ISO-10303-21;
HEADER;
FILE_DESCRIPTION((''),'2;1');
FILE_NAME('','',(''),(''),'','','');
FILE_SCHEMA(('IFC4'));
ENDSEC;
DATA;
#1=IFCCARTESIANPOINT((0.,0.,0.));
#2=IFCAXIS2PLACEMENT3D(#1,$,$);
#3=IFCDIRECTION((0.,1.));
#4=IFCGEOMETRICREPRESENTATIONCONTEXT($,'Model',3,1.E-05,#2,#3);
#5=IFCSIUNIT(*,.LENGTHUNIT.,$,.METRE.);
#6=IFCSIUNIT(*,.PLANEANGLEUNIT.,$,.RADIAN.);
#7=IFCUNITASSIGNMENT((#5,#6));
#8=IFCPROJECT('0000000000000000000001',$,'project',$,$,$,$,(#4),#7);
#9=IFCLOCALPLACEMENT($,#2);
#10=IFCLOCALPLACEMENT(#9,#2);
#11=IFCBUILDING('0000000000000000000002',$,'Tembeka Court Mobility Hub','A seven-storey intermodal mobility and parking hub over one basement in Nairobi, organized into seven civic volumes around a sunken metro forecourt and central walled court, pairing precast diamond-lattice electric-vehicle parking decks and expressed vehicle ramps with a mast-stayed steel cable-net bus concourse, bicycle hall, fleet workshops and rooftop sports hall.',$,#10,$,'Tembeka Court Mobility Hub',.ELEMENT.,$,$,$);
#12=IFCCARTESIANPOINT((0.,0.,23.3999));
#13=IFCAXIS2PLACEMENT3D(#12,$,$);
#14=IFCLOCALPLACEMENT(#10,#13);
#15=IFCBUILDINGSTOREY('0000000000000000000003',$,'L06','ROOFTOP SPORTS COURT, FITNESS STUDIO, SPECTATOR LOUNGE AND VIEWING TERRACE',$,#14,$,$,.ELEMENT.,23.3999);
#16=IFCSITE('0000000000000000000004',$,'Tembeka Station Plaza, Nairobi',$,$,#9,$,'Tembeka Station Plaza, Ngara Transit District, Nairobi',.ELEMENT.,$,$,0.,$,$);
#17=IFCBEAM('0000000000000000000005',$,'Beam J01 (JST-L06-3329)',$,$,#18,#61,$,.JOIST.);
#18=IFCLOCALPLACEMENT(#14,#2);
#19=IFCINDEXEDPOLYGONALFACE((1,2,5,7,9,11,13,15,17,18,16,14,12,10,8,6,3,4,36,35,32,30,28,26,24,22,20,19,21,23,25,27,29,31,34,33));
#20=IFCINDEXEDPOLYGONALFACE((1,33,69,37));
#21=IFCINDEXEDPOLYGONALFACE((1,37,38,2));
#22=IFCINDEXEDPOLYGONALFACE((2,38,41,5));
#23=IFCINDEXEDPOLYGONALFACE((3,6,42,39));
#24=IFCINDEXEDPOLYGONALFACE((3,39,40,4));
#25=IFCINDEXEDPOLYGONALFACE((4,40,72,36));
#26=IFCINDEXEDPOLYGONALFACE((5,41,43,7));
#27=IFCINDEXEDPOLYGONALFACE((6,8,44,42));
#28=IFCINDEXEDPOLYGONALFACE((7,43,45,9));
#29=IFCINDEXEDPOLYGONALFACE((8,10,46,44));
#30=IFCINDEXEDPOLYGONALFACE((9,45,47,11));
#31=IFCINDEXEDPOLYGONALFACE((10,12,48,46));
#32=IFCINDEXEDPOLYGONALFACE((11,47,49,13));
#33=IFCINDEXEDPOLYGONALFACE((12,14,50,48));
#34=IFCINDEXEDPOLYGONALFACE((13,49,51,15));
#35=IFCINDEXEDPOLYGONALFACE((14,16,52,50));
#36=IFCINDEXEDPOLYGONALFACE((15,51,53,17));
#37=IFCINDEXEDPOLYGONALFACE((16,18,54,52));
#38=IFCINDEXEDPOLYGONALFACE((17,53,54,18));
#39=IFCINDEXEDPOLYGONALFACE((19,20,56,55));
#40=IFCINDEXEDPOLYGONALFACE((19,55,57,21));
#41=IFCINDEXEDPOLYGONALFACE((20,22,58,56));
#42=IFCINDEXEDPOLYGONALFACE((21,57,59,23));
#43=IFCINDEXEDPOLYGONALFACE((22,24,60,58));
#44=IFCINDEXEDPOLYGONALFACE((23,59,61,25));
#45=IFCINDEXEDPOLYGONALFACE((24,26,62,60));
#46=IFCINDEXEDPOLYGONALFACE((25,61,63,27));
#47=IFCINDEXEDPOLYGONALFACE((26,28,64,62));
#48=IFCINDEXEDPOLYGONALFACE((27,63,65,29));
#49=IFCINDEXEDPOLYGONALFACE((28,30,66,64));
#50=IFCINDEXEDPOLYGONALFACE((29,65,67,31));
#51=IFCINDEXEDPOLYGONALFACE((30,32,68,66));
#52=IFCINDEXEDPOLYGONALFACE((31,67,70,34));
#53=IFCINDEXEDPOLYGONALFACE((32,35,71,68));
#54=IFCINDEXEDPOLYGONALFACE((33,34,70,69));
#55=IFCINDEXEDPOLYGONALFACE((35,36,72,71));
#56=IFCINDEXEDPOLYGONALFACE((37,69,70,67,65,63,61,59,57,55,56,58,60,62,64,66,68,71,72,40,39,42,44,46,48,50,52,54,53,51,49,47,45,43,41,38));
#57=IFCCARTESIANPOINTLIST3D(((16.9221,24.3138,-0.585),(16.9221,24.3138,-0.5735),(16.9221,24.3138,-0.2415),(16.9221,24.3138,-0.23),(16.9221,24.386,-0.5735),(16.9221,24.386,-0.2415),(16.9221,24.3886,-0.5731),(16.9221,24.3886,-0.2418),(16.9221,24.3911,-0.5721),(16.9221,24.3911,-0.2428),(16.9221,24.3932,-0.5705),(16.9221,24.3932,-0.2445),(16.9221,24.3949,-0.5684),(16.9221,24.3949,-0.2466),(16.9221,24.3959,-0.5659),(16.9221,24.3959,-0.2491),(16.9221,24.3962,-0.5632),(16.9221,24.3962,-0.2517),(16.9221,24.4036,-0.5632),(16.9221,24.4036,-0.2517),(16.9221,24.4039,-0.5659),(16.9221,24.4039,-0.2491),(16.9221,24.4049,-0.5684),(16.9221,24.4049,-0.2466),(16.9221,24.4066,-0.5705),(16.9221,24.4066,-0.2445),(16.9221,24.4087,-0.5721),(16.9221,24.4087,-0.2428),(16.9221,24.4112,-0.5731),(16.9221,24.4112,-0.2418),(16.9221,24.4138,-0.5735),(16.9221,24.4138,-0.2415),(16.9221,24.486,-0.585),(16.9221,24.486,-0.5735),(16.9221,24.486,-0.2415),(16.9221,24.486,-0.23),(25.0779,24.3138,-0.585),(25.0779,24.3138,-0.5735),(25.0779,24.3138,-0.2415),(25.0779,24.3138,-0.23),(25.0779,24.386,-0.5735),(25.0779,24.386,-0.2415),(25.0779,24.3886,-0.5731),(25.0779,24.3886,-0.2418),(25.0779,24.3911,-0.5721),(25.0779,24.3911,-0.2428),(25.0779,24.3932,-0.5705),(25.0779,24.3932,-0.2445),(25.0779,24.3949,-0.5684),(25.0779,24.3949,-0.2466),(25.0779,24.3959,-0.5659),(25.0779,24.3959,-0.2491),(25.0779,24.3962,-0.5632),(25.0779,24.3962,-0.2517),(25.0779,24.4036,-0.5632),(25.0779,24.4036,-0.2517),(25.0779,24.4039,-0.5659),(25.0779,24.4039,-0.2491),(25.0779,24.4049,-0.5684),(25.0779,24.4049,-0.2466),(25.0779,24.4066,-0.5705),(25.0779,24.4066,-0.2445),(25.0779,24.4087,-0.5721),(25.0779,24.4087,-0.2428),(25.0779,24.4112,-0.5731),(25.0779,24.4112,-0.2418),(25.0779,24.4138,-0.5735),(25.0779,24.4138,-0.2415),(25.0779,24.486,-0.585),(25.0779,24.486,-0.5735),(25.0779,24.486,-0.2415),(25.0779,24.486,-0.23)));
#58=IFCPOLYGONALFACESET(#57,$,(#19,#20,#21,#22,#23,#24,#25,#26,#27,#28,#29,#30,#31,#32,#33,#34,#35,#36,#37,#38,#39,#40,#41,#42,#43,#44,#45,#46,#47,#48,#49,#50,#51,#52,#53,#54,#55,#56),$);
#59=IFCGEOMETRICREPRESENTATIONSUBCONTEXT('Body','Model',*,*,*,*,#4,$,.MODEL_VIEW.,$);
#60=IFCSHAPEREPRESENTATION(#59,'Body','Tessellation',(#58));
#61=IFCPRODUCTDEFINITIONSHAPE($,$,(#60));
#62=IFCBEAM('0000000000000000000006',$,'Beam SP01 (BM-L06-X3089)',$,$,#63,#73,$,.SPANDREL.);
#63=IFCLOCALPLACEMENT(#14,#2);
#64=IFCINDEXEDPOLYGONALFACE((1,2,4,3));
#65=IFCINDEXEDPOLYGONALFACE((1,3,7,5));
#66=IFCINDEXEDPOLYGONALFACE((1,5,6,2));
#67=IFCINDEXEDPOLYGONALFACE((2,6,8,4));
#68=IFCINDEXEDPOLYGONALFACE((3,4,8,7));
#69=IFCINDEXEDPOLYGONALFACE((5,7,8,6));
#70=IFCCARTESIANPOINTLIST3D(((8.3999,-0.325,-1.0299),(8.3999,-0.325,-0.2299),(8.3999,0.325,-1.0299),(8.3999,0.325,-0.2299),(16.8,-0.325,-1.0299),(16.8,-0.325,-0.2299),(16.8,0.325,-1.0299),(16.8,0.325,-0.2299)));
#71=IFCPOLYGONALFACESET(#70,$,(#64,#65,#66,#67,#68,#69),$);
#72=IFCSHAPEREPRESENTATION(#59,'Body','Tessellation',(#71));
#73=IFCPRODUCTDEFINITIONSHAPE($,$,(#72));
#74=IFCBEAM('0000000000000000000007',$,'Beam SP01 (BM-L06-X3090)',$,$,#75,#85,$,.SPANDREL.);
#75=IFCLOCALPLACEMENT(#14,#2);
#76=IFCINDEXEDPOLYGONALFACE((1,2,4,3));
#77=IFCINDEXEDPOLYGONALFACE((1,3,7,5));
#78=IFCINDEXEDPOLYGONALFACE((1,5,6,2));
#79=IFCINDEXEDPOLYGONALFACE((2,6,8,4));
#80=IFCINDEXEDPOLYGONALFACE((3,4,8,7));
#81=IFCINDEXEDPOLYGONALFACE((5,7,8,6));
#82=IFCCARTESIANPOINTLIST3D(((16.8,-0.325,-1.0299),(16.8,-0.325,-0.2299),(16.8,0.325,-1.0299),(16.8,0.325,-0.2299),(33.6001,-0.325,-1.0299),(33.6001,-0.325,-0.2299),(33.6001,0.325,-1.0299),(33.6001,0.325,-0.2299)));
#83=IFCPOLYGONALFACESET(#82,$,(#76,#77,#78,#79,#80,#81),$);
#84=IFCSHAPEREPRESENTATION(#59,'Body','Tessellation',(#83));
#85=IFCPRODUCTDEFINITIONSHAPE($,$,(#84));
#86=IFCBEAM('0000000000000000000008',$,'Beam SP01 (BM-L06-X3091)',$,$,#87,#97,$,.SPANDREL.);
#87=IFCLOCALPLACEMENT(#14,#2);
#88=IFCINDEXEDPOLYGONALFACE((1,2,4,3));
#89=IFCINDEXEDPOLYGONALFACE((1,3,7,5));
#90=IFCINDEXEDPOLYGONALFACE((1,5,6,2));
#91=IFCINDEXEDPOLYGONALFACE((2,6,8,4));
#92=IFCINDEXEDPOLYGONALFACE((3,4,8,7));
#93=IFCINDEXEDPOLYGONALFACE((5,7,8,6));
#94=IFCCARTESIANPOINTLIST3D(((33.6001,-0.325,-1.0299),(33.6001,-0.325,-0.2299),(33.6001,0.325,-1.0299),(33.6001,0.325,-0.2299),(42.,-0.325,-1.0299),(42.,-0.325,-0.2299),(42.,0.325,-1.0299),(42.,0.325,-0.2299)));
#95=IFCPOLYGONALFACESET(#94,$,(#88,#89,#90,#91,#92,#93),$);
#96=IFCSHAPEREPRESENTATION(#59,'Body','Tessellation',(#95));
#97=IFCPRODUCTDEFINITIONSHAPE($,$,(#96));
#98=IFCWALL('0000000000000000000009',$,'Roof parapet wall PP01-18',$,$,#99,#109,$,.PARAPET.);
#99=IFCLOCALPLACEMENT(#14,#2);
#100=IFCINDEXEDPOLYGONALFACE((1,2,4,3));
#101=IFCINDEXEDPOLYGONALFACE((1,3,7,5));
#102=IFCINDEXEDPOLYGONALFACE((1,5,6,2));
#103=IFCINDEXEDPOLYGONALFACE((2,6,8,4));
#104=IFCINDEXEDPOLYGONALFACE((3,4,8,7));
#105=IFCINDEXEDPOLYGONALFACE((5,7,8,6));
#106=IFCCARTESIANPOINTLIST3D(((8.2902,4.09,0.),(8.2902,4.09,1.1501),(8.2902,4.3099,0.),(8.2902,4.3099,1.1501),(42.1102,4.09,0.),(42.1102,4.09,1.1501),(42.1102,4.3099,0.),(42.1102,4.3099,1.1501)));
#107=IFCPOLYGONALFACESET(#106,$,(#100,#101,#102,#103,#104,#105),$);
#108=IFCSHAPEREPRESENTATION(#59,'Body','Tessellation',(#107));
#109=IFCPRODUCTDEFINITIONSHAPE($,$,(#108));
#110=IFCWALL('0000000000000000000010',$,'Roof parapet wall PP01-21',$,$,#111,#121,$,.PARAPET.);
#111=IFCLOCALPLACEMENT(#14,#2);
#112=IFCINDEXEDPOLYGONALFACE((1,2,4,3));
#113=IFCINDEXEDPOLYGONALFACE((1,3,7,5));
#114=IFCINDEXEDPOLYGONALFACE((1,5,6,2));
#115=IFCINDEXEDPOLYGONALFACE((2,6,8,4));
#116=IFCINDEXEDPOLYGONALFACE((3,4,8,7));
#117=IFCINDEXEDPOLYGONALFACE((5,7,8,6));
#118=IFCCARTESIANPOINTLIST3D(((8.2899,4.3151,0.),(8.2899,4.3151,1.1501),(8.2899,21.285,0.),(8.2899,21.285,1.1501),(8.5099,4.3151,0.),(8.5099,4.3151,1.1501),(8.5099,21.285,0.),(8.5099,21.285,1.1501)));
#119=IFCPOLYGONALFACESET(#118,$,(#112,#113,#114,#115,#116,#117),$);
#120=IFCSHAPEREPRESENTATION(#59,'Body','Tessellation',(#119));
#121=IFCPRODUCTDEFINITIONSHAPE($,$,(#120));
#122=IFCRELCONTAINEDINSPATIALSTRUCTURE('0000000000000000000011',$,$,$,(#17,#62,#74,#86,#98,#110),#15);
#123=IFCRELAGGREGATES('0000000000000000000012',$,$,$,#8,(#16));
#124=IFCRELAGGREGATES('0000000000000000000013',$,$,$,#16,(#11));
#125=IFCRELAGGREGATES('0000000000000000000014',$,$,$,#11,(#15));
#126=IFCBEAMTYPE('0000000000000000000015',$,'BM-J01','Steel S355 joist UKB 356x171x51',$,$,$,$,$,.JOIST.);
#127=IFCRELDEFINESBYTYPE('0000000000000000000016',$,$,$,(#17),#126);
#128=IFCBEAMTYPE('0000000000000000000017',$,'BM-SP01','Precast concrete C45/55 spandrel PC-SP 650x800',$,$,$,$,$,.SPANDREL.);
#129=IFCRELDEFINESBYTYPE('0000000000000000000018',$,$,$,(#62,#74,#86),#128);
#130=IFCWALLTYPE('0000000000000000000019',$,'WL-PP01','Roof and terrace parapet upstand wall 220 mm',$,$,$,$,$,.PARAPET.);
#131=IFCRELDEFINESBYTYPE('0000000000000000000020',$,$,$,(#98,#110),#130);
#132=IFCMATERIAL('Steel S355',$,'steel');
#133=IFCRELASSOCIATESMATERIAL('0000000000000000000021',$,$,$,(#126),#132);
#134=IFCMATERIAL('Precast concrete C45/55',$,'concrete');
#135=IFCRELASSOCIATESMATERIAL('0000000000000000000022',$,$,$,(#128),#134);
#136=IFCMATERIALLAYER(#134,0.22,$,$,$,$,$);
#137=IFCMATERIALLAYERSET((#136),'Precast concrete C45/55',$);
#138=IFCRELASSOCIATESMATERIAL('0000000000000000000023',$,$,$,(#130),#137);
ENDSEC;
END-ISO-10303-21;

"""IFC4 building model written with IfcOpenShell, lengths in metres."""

from ifc_helpers import new_model, si_unit, direction, frame, frame_2d, origin, origin_2d, place, context, subcontext, project, spatial, rectangle, i_section, extrude, material, layer, layer_set, material_profile, profile_set, type_object, element, save


model = new_model("IFC4")

# Units and contexts
model_context = context("Model", 3, precision=1e-05, world=origin(), true_north=direction((0.0, 1.0)))
body_context = subcontext(model_context, "Body", "Model", "MODEL_VIEW")
ifc_project = project(units=[si_unit("LENGTHUNIT", "METRE"), si_unit("PLANEANGLEUNIT", "RADIAN")], contexts=[model_context])

# Site, building, storey
site_placement = place(None, origin())
site = spatial("IfcSite", under=ifc_project, at=site_placement, Name="Tembeka Station Plaza, Nairobi", LongName="Tembeka Station Plaza, Ngara Transit District, Nairobi", CompositionType="ELEMENT", RefElevation=0.0)
building_placement = place(site_placement, origin())
building = spatial("IfcBuilding", under=site, at=building_placement, Name="Tembeka Court Mobility Hub", Description="A seven-storey intermodal mobility and parking hub over one basement in Nairobi, organized into seven civic volumes around a sunken metro forecourt and central walled court, pairing precast diamond-lattice electric-vehicle parking decks and expressed vehicle ramps with a mast-stayed steel cable-net bus concourse, bicycle hall, fleet workshops and rooftop sports hall.", LongName="Tembeka Court Mobility Hub", CompositionType="ELEMENT")
storey_placement = place(building_placement, frame((0.0, 0.0, 23.3999)))
storey = spatial("IfcBuildingStorey", under=building, at=storey_placement, Name="L06", Description="ROOFTOP SPORTS COURT, FITNESS STUDIO, SPECTATOR LOUNGE AND VIEWING TERRACE", CompositionType="ELEMENT", Elevation=23.3999)

# Beams
ifc_material_1 = material(Name="Steel S355", Category="steel")
ifc_material_profile_1 = material_profile(ifc_material_1, i_section(OverallWidth=0.1721, OverallDepth=0.355, WebThickness=0.0073, FlangeThickness=0.0115, FilletRadius=0.0103, at=origin_2d()), Name="UKB 356x171x51")
ifc_profile_set_1 = profile_set([ifc_material_profile_1], Name="Steel S355")
beam_type_1 = type_object("IfcBeamType", Name="BM-J01", Description="Steel S355 joist UKB 356x171x51", PredefinedType="JOIST", material=ifc_profile_set_1)
beam_1_placement = place(storey_placement, frame((16.9221, 24.3999, -0.4075), z_axis=(1.0, 0.0, 0.0), x_axis=(0.0, 1.0, 0.0)))
element("IfcBeam", 1, at=beam_1_placement, inside=storey, type_object=beam_type_1, Name="Beam J01 (JST-L06-3329)", PredefinedType="JOIST", context=body_context, shape_type="SweptSolid", body=[
    extrude(i_section(OverallWidth=0.1721, OverallDepth=0.355, WebThickness=0.0073, FlangeThickness=0.0115, FilletRadius=0.0103, at=origin_2d()), origin(), (0.0, 0.0, 1.0), 8.1558),
])
ifc_material_2 = material(Name="Precast concrete C45/55", Category="concrete")
ifc_material_profile_2 = material_profile(ifc_material_2, rectangle(XDim=0.6499, YDim=0.8, at=origin_2d()), Name="PC-SP 650x800")
ifc_profile_set_2 = profile_set([ifc_material_profile_2], Name="Precast concrete C45/55")
beam_type_2 = type_object("IfcBeamType", Name="BM-SP01", Description="Precast concrete C45/55 spandrel PC-SP 650x800", PredefinedType="SPANDREL", material=ifc_profile_set_2)
beam_2_placement = place(storey_placement, frame((8.3999, 0.0, -0.6299), z_axis=(1.0, 0.0, 0.0), x_axis=(0.0, 1.0, 0.0)))
element("IfcBeam", 2, at=beam_2_placement, inside=storey, type_object=beam_type_2, Name="Beam SP01 (BM-L06-X3089)", PredefinedType="SPANDREL", context=body_context, shape_type="SweptSolid", body=[
    extrude(rectangle(XDim=0.6499, YDim=0.8, at=origin_2d()), origin(), (0.0, 0.0, 1.0), 8.4001),
])
beam_3_placement = place(storey_placement, frame((16.8, 0.0, -0.6299), z_axis=(1.0, 0.0, 0.0), x_axis=(0.0, 1.0, 0.0)))
element("IfcBeam", 3, at=beam_3_placement, inside=storey, type_object=beam_type_2, Name="Beam SP01 (BM-L06-X3090)", PredefinedType="SPANDREL", context=body_context, shape_type="SweptSolid", body=[
    extrude(rectangle(XDim=0.6499, YDim=0.8, at=origin_2d()), origin(), (0.0, 0.0, 1.0), 16.8),
])
beam_4_placement = place(storey_placement, frame((33.6001, 0.0, -0.6299), z_axis=(1.0, 0.0, 0.0), x_axis=(0.0, 1.0, 0.0)))
element("IfcBeam", 4, at=beam_4_placement, inside=storey, type_object=beam_type_2, Name="Beam SP01 (BM-L06-X3091)", PredefinedType="SPANDREL", context=body_context, shape_type="SweptSolid", body=[
    extrude(rectangle(XDim=0.6499, YDim=0.8, at=origin_2d()), origin(), (0.0, 0.0, 1.0), 8.3999),
])

# Walls
ifc_layer = layer(ifc_material_2, 0.22)
ifc_layer_set = layer_set([ifc_layer], Name="Precast concrete C45/55")
wall_type = type_object("IfcWallType", Name="WL-PP01", Description="Roof and terrace parapet upstand wall 220 mm", PredefinedType="PARAPET", material=ifc_layer_set)
wall_1_placement = place(storey_placement, frame((8.29, 4.2, 0.0), z_axis=(0.0, 0.0, 1.0), x_axis=(1.0, 0.0, 0.0)))
element("IfcWall", 5, at=wall_1_placement, inside=storey, type_object=wall_type, Name="Roof parapet wall PP01-18", PredefinedType="PARAPET", context=body_context, shape_type="SweptSolid", body=[
    extrude(rectangle(XDim=33.8201, YDim=0.22, at=frame_2d((16.9102, 0.0))), origin(), (0.0, 0.0, 1.0), 1.1501),
])
wall_2_placement = place(storey_placement, frame((8.3999, 21.2849, 0.0), z_axis=(0.0, 0.0, 1.0), x_axis=(0.0, -1.0, 0.0)))
element("IfcWall", 6, at=wall_2_placement, inside=storey, type_object=wall_type, Name="Roof parapet wall PP01-21", PredefinedType="PARAPET", context=body_context, shape_type="SweptSolid", body=[
    extrude(rectangle(XDim=16.97, YDim=0.22, at=frame_2d((8.4849, 0.0))), origin(), (0.0, 0.0, 1.0), 1.1501),
])

save(model, "model.ifc")
